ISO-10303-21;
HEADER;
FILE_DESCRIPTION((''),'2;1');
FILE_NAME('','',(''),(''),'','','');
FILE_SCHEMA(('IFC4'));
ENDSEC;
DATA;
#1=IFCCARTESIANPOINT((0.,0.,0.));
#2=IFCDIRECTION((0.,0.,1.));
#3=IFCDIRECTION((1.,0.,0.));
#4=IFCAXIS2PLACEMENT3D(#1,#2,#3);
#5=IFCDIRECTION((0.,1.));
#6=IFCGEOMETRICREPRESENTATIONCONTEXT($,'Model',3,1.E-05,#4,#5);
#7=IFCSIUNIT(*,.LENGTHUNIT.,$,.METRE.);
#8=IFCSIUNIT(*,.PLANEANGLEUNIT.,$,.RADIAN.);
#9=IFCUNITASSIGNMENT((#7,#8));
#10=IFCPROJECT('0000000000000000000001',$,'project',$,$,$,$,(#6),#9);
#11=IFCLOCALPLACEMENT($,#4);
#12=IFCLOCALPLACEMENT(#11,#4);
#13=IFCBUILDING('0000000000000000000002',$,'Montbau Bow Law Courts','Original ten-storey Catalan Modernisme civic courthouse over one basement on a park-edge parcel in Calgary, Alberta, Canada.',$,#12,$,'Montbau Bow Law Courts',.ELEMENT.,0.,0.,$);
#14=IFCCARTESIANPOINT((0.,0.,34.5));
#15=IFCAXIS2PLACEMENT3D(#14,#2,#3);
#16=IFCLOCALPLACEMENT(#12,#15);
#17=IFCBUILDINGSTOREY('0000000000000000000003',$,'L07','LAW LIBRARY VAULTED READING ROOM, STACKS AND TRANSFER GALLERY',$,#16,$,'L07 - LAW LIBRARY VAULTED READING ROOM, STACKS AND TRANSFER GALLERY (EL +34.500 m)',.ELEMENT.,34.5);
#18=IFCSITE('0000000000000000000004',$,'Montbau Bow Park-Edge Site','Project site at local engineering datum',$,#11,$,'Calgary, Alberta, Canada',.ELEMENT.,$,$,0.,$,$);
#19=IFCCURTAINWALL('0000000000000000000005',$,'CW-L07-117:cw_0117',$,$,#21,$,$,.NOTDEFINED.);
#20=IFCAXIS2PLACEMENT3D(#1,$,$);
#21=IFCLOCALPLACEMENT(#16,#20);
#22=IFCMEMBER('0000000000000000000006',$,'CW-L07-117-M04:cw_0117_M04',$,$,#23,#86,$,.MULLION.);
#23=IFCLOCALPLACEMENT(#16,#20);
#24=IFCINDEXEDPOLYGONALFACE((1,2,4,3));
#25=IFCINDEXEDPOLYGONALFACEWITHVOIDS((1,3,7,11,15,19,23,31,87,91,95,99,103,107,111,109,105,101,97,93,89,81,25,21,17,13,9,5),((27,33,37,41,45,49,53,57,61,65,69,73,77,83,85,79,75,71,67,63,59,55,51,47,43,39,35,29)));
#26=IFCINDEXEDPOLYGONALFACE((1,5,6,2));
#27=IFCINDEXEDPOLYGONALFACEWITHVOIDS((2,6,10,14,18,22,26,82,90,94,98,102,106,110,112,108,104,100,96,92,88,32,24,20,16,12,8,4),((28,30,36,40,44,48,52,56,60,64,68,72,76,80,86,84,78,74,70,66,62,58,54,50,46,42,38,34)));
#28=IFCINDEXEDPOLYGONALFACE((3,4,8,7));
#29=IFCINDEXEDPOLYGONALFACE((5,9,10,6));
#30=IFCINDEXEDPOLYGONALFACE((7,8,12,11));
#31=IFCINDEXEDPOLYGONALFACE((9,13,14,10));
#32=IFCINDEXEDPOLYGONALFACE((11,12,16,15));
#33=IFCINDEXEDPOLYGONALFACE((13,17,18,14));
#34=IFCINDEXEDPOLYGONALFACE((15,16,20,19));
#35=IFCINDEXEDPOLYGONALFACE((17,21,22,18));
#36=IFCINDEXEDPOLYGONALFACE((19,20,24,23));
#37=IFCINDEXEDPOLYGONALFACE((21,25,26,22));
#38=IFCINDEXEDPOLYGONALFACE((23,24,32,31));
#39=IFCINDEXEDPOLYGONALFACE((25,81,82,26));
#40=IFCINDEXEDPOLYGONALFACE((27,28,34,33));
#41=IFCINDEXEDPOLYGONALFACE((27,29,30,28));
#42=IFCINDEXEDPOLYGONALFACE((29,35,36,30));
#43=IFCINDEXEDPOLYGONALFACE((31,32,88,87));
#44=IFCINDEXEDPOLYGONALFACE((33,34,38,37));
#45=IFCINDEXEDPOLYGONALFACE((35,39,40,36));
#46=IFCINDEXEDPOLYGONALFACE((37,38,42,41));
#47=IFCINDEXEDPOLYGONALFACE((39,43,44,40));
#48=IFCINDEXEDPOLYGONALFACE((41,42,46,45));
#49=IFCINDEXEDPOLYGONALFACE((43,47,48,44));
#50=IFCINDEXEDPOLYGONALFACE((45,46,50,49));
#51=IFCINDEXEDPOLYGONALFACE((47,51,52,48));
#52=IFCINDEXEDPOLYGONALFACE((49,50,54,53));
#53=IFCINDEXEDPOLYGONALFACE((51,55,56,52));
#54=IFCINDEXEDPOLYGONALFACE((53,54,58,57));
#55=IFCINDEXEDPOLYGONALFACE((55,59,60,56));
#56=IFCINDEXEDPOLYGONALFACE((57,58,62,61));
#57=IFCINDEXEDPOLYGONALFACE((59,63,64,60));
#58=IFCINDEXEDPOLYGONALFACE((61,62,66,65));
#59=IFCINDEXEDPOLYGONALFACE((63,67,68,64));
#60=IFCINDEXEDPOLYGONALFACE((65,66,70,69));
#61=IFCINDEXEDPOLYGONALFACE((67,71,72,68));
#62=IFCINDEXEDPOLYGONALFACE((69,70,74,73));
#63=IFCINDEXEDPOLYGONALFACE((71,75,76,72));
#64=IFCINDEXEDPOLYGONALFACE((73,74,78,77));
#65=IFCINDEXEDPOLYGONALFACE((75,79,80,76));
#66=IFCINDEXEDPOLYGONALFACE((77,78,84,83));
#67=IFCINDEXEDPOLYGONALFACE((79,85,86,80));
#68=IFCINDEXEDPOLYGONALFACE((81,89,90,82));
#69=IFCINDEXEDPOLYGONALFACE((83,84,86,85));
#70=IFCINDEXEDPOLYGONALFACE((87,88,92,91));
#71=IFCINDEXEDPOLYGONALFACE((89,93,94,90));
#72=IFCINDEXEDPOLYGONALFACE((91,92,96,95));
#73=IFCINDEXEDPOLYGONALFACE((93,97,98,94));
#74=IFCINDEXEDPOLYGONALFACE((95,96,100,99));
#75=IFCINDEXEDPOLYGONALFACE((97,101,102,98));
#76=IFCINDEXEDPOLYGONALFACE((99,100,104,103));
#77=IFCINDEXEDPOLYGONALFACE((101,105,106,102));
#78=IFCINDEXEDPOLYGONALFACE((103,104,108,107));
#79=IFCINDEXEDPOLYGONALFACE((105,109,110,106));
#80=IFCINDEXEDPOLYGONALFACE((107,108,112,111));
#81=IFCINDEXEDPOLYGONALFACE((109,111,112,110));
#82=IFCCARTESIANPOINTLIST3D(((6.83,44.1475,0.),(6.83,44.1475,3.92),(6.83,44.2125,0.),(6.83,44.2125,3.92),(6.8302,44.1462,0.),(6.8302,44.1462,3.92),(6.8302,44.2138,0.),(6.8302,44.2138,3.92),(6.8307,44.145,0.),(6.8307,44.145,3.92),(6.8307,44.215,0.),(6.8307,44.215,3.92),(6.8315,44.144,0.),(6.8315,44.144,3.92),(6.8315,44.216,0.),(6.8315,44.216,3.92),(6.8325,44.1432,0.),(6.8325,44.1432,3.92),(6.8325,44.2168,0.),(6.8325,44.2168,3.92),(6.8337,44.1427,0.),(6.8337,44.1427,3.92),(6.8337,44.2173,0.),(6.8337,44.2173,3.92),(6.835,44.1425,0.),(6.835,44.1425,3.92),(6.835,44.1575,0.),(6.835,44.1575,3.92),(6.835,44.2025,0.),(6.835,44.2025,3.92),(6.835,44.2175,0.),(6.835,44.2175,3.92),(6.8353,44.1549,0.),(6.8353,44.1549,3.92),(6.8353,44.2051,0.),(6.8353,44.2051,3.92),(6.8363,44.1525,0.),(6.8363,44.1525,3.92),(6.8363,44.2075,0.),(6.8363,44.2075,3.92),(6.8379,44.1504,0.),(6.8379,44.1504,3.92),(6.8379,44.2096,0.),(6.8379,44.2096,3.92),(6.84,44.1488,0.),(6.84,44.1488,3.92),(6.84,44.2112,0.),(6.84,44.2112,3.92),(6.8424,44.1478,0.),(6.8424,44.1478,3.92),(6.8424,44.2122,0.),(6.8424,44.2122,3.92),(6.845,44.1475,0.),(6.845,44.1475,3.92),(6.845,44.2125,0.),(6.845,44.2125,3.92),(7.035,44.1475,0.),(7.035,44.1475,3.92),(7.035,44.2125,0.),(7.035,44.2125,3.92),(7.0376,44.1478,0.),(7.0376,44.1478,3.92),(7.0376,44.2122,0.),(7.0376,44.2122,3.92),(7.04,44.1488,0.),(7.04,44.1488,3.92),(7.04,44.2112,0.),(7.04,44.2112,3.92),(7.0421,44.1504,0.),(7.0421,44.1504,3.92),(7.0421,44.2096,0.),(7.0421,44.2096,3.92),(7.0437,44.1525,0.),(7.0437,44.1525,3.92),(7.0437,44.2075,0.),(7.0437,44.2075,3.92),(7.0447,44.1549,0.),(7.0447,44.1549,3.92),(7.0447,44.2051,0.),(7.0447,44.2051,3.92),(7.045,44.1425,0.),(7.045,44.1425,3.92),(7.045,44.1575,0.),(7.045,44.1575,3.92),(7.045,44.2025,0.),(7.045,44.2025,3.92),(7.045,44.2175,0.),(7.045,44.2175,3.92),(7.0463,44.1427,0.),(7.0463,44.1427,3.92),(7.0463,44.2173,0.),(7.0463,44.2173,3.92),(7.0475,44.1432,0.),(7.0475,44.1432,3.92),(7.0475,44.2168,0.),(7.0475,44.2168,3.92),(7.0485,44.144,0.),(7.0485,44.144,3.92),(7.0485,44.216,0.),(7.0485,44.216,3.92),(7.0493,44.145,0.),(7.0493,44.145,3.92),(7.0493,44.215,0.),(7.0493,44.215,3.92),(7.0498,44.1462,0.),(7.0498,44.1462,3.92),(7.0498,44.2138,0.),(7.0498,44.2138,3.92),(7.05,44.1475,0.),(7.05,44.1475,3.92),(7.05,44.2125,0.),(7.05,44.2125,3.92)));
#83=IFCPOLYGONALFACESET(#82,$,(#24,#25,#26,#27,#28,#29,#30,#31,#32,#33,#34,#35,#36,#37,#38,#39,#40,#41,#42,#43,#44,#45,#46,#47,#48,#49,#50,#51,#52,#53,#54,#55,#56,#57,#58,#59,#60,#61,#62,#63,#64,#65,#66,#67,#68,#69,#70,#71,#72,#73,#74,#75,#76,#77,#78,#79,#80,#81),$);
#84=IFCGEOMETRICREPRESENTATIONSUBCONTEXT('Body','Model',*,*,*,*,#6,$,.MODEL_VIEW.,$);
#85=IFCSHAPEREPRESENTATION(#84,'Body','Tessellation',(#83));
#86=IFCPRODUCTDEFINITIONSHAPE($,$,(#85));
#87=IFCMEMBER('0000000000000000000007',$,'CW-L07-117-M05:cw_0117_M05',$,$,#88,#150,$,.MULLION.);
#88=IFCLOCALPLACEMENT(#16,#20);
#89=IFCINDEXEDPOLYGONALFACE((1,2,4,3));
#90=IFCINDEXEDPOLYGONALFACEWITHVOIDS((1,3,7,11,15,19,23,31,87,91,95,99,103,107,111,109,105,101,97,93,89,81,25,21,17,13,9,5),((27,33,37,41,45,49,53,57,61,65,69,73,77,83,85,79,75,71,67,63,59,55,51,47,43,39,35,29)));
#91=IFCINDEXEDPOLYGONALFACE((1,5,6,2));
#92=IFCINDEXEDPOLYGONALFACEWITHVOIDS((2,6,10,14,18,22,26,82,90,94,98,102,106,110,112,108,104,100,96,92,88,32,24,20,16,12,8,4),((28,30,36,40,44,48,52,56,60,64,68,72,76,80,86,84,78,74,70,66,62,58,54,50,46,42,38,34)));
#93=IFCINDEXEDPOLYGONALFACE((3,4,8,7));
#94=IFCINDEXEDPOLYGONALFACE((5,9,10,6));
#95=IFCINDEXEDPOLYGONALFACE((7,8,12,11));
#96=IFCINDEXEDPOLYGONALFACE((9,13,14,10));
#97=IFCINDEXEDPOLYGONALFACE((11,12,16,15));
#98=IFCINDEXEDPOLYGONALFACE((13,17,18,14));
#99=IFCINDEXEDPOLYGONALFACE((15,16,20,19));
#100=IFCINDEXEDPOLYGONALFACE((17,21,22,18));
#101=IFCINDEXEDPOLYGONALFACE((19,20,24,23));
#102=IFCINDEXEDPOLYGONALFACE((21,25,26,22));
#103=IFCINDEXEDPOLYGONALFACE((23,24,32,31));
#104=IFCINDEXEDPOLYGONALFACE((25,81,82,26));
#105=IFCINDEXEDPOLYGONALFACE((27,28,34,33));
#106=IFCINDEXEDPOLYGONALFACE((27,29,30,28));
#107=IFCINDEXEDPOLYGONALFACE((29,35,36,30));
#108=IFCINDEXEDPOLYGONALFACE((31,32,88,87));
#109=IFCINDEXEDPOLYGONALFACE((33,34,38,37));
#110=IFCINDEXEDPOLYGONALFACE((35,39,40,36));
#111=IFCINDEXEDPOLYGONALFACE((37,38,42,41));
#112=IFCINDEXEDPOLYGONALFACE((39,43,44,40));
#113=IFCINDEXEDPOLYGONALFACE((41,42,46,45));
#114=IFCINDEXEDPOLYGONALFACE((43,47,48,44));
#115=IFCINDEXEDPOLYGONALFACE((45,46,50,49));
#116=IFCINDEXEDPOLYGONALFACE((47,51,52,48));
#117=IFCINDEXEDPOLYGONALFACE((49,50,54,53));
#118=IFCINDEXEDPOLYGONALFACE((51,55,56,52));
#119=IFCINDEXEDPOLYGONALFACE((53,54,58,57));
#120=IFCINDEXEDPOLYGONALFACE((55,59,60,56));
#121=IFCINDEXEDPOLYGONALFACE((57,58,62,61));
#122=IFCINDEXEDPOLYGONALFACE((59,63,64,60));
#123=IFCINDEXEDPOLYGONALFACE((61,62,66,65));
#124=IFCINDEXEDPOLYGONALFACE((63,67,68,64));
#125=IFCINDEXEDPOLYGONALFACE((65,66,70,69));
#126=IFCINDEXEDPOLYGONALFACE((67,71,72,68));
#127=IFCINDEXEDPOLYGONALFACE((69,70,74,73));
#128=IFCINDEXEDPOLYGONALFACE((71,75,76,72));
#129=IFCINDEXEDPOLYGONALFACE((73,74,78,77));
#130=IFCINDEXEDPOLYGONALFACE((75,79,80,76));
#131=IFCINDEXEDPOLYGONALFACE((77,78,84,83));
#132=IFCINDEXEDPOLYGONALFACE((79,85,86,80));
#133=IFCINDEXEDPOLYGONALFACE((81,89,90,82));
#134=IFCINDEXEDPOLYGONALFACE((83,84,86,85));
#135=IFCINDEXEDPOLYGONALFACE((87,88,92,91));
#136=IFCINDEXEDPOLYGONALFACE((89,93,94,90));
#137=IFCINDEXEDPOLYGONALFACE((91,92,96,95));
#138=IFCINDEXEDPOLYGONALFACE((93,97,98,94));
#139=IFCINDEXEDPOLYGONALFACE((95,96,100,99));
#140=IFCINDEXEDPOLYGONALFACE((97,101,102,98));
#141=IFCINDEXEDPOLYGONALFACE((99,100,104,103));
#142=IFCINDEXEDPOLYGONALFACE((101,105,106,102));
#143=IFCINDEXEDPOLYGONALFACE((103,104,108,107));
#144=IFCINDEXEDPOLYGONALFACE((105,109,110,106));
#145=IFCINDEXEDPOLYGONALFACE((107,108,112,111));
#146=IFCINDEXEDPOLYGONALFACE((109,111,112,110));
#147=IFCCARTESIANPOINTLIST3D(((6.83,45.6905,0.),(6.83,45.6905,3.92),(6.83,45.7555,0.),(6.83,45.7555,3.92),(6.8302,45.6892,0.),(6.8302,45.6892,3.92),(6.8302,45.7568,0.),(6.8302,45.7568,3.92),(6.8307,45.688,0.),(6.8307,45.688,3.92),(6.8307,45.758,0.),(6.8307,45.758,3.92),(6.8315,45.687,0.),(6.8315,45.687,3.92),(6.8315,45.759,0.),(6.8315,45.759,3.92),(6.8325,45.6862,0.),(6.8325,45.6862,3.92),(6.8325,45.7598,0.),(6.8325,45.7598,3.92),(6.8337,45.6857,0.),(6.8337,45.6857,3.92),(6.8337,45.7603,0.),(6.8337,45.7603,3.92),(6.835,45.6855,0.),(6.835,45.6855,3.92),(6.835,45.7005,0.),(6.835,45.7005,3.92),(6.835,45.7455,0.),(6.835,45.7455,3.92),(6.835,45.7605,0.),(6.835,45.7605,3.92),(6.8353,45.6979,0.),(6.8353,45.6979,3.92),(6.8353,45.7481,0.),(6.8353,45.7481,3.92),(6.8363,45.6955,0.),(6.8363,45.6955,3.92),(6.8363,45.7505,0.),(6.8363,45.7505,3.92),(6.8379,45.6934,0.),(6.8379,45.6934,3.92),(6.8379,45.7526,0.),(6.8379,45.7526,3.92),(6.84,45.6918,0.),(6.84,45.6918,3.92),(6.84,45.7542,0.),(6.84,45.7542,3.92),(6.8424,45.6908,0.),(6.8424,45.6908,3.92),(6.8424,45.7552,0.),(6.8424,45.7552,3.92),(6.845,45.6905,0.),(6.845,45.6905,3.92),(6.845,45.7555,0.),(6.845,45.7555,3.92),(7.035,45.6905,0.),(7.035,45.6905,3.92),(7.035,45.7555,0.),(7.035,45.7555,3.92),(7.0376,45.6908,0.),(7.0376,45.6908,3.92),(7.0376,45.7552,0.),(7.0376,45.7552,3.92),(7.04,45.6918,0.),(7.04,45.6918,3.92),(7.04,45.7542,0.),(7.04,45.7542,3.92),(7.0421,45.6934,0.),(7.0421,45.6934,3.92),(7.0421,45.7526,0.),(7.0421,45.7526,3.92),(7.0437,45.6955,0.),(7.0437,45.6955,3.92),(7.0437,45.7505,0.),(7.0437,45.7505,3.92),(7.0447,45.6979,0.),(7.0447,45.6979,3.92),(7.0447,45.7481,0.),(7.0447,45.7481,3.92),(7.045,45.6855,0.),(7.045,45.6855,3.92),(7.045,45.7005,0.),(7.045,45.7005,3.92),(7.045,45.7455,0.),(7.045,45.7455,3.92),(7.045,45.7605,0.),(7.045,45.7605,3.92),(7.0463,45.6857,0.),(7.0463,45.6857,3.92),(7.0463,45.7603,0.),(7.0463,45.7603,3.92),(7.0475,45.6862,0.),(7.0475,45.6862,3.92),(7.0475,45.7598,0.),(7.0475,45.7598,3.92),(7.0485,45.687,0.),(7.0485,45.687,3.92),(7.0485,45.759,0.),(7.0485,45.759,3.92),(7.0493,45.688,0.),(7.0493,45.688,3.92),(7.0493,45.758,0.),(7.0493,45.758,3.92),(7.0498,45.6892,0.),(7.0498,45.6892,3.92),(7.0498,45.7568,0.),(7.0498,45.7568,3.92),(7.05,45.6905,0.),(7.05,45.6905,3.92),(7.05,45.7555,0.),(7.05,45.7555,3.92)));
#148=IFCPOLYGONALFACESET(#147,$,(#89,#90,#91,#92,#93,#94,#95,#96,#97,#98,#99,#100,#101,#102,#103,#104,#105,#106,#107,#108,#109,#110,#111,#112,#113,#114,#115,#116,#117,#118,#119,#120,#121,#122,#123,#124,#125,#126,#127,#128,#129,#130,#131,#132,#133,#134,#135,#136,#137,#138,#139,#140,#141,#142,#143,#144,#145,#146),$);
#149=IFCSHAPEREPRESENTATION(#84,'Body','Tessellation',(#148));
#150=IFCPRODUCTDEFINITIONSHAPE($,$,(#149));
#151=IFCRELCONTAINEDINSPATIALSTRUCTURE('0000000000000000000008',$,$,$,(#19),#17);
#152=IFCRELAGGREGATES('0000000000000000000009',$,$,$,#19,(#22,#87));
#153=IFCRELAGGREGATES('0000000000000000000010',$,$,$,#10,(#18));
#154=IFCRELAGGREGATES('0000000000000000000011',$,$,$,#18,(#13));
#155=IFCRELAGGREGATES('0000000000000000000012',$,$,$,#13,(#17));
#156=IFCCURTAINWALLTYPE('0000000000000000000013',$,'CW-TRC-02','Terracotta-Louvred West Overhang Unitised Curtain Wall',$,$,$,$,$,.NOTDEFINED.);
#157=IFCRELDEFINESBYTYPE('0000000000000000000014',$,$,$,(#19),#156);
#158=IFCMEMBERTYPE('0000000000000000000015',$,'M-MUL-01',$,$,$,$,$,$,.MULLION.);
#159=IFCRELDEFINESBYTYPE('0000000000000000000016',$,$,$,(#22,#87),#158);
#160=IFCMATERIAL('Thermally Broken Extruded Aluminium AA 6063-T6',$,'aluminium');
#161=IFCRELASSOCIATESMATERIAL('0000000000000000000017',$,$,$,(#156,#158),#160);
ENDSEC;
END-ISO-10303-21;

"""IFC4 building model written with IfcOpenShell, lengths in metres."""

from ifc_helpers import new_model, si_unit, direction, frame, origin_with_axes, origin_2d_with_axis, place, context, subcontext, project, spatial, hollow_rectangle, extrude, material, material_profile, profile_set, type_object, element, aggregate, save


model = new_model("IFC4")

# Units and contexts
model_context = context("Model", 3, precision=1e-05, world=origin_with_axes(), true_north=direction((0.0, 1.0)))
body_context = subcontext(model_context, "Body", "Model", "MODEL_VIEW")
ifc_project = project(units=[si_unit("LENGTHUNIT", "METRE"), si_unit("PLANEANGLEUNIT", "RADIAN")], contexts=[model_context])

# Site, building, storey
site_placement = place(None, origin_with_axes())
site = spatial("IfcSite", under=ifc_project, at=site_placement, Name="Montbau Bow Park-Edge Site", Description="Project site at local engineering datum", LongName="Calgary, Alberta, Canada", CompositionType="ELEMENT", RefElevation=0.0)
building_placement = place(site_placement, origin_with_axes())
building = spatial("IfcBuilding", under=site, at=building_placement, Name="Montbau Bow Law Courts", Description="Original ten-storey Catalan Modernisme civic courthouse over one basement on a park-edge parcel in Calgary, Alberta, Canada.", LongName="Montbau Bow Law Courts", CompositionType="ELEMENT", ElevationOfRefHeight=0.0, ElevationOfTerrain=0.0)
storey_placement = place(building_placement, frame((0.0, 0.0, 34.5), z_axis=(0.0, 0.0, 1.0), x_axis=(1.0, 0.0, 0.0)))
storey = spatial("IfcBuildingStorey", under=building, at=storey_placement, Name="L07", Description="LAW LIBRARY VAULTED READING ROOM, STACKS AND TRANSFER GALLERY", LongName="L07 - LAW LIBRARY VAULTED READING ROOM, STACKS AND TRANSFER GALLERY (EL +34.500 m)", CompositionType="ELEMENT", Elevation=34.5)

# Curtain wall, members
ifc_material_1 = material(Name="Thermally Broken Extruded Aluminium AA 6063-T6", Category="aluminium")
curtain_wall_type = type_object("IfcCurtainWallType", Name="CW-TRC-02", Description="Terracotta-Louvred West Overhang Unitised Curtain Wall", PredefinedType="NOTDEFINED", material=ifc_material_1)
curtain_wall_placement = place(None, frame((6.94, 39.44, 34.5), z_axis=(0.0, 0.0, 1.0), x_axis=(1.0, 0.0, 0.0)))
curtain_wall = element("IfcCurtainWall", 1, at=curtain_wall_placement, inside=storey, type_object=curtain_wall_type, Name="CW-L07-117:cw_0117", PredefinedType="NOTDEFINED")
ifc_material_profile_1 = material_profile(ifc_material_1, hollow_rectangle(XDim=0.075, YDim=0.22, WallThickness=0.005, InnerFilletRadius=0.01, OuterFilletRadius=0.005, at=origin_2d_with_axis()), Name="CWM-220X75", Category="Main", Priority=0)
ifc_profile_set_1 = profile_set([ifc_material_profile_1], Name="Thermally Broken Extruded Aluminium AA 6063-T6")
member_type_1 = type_object("IfcMemberType", Name="M-MUL-01", PredefinedType="MULLION", material=ifc_profile_set_1)
member_1_placement = place(None, frame((6.94, 44.18, 34.5), z_axis=(0.0, 0.0, 1.0), x_axis=(0.0, 1.0, 0.0)))
member_1 = element("IfcMember", 2, at=member_1_placement, type_object=member_type_1, Name="CW-L07-117-M04:cw_0117_M04", PredefinedType="MULLION", context=body_context, shape_type="SweptSolid", body=[
    extrude(hollow_rectangle(XDim=0.075, YDim=0.22, WallThickness=0.005, InnerFilletRadius=0.01, OuterFilletRadius=0.005, at=origin_2d_with_axis()), origin_with_axes(), (0.0, 0.0, 1.0), 3.92),
])
member_2_placement = place(None, frame((6.94, 45.723, 34.5), z_axis=(0.0, 0.0, 1.0), x_axis=(0.0, 1.0, 0.0)))
member_2 = element("IfcMember", 3, at=member_2_placement, type_object=member_type_1, Name="CW-L07-117-M05:cw_0117_M05", PredefinedType="MULLION", context=body_context, shape_type="SweptSolid", body=[
    extrude(hollow_rectangle(XDim=0.075, YDim=0.22, WallThickness=0.005, InnerFilletRadius=0.01, OuterFilletRadius=0.005, at=origin_2d_with_axis()), origin_with_axes(), (0.0, 0.0, 1.0), 3.92),
])
aggregate(curtain_wall, [member_1, member_2])

save(model, "model.ifc")
